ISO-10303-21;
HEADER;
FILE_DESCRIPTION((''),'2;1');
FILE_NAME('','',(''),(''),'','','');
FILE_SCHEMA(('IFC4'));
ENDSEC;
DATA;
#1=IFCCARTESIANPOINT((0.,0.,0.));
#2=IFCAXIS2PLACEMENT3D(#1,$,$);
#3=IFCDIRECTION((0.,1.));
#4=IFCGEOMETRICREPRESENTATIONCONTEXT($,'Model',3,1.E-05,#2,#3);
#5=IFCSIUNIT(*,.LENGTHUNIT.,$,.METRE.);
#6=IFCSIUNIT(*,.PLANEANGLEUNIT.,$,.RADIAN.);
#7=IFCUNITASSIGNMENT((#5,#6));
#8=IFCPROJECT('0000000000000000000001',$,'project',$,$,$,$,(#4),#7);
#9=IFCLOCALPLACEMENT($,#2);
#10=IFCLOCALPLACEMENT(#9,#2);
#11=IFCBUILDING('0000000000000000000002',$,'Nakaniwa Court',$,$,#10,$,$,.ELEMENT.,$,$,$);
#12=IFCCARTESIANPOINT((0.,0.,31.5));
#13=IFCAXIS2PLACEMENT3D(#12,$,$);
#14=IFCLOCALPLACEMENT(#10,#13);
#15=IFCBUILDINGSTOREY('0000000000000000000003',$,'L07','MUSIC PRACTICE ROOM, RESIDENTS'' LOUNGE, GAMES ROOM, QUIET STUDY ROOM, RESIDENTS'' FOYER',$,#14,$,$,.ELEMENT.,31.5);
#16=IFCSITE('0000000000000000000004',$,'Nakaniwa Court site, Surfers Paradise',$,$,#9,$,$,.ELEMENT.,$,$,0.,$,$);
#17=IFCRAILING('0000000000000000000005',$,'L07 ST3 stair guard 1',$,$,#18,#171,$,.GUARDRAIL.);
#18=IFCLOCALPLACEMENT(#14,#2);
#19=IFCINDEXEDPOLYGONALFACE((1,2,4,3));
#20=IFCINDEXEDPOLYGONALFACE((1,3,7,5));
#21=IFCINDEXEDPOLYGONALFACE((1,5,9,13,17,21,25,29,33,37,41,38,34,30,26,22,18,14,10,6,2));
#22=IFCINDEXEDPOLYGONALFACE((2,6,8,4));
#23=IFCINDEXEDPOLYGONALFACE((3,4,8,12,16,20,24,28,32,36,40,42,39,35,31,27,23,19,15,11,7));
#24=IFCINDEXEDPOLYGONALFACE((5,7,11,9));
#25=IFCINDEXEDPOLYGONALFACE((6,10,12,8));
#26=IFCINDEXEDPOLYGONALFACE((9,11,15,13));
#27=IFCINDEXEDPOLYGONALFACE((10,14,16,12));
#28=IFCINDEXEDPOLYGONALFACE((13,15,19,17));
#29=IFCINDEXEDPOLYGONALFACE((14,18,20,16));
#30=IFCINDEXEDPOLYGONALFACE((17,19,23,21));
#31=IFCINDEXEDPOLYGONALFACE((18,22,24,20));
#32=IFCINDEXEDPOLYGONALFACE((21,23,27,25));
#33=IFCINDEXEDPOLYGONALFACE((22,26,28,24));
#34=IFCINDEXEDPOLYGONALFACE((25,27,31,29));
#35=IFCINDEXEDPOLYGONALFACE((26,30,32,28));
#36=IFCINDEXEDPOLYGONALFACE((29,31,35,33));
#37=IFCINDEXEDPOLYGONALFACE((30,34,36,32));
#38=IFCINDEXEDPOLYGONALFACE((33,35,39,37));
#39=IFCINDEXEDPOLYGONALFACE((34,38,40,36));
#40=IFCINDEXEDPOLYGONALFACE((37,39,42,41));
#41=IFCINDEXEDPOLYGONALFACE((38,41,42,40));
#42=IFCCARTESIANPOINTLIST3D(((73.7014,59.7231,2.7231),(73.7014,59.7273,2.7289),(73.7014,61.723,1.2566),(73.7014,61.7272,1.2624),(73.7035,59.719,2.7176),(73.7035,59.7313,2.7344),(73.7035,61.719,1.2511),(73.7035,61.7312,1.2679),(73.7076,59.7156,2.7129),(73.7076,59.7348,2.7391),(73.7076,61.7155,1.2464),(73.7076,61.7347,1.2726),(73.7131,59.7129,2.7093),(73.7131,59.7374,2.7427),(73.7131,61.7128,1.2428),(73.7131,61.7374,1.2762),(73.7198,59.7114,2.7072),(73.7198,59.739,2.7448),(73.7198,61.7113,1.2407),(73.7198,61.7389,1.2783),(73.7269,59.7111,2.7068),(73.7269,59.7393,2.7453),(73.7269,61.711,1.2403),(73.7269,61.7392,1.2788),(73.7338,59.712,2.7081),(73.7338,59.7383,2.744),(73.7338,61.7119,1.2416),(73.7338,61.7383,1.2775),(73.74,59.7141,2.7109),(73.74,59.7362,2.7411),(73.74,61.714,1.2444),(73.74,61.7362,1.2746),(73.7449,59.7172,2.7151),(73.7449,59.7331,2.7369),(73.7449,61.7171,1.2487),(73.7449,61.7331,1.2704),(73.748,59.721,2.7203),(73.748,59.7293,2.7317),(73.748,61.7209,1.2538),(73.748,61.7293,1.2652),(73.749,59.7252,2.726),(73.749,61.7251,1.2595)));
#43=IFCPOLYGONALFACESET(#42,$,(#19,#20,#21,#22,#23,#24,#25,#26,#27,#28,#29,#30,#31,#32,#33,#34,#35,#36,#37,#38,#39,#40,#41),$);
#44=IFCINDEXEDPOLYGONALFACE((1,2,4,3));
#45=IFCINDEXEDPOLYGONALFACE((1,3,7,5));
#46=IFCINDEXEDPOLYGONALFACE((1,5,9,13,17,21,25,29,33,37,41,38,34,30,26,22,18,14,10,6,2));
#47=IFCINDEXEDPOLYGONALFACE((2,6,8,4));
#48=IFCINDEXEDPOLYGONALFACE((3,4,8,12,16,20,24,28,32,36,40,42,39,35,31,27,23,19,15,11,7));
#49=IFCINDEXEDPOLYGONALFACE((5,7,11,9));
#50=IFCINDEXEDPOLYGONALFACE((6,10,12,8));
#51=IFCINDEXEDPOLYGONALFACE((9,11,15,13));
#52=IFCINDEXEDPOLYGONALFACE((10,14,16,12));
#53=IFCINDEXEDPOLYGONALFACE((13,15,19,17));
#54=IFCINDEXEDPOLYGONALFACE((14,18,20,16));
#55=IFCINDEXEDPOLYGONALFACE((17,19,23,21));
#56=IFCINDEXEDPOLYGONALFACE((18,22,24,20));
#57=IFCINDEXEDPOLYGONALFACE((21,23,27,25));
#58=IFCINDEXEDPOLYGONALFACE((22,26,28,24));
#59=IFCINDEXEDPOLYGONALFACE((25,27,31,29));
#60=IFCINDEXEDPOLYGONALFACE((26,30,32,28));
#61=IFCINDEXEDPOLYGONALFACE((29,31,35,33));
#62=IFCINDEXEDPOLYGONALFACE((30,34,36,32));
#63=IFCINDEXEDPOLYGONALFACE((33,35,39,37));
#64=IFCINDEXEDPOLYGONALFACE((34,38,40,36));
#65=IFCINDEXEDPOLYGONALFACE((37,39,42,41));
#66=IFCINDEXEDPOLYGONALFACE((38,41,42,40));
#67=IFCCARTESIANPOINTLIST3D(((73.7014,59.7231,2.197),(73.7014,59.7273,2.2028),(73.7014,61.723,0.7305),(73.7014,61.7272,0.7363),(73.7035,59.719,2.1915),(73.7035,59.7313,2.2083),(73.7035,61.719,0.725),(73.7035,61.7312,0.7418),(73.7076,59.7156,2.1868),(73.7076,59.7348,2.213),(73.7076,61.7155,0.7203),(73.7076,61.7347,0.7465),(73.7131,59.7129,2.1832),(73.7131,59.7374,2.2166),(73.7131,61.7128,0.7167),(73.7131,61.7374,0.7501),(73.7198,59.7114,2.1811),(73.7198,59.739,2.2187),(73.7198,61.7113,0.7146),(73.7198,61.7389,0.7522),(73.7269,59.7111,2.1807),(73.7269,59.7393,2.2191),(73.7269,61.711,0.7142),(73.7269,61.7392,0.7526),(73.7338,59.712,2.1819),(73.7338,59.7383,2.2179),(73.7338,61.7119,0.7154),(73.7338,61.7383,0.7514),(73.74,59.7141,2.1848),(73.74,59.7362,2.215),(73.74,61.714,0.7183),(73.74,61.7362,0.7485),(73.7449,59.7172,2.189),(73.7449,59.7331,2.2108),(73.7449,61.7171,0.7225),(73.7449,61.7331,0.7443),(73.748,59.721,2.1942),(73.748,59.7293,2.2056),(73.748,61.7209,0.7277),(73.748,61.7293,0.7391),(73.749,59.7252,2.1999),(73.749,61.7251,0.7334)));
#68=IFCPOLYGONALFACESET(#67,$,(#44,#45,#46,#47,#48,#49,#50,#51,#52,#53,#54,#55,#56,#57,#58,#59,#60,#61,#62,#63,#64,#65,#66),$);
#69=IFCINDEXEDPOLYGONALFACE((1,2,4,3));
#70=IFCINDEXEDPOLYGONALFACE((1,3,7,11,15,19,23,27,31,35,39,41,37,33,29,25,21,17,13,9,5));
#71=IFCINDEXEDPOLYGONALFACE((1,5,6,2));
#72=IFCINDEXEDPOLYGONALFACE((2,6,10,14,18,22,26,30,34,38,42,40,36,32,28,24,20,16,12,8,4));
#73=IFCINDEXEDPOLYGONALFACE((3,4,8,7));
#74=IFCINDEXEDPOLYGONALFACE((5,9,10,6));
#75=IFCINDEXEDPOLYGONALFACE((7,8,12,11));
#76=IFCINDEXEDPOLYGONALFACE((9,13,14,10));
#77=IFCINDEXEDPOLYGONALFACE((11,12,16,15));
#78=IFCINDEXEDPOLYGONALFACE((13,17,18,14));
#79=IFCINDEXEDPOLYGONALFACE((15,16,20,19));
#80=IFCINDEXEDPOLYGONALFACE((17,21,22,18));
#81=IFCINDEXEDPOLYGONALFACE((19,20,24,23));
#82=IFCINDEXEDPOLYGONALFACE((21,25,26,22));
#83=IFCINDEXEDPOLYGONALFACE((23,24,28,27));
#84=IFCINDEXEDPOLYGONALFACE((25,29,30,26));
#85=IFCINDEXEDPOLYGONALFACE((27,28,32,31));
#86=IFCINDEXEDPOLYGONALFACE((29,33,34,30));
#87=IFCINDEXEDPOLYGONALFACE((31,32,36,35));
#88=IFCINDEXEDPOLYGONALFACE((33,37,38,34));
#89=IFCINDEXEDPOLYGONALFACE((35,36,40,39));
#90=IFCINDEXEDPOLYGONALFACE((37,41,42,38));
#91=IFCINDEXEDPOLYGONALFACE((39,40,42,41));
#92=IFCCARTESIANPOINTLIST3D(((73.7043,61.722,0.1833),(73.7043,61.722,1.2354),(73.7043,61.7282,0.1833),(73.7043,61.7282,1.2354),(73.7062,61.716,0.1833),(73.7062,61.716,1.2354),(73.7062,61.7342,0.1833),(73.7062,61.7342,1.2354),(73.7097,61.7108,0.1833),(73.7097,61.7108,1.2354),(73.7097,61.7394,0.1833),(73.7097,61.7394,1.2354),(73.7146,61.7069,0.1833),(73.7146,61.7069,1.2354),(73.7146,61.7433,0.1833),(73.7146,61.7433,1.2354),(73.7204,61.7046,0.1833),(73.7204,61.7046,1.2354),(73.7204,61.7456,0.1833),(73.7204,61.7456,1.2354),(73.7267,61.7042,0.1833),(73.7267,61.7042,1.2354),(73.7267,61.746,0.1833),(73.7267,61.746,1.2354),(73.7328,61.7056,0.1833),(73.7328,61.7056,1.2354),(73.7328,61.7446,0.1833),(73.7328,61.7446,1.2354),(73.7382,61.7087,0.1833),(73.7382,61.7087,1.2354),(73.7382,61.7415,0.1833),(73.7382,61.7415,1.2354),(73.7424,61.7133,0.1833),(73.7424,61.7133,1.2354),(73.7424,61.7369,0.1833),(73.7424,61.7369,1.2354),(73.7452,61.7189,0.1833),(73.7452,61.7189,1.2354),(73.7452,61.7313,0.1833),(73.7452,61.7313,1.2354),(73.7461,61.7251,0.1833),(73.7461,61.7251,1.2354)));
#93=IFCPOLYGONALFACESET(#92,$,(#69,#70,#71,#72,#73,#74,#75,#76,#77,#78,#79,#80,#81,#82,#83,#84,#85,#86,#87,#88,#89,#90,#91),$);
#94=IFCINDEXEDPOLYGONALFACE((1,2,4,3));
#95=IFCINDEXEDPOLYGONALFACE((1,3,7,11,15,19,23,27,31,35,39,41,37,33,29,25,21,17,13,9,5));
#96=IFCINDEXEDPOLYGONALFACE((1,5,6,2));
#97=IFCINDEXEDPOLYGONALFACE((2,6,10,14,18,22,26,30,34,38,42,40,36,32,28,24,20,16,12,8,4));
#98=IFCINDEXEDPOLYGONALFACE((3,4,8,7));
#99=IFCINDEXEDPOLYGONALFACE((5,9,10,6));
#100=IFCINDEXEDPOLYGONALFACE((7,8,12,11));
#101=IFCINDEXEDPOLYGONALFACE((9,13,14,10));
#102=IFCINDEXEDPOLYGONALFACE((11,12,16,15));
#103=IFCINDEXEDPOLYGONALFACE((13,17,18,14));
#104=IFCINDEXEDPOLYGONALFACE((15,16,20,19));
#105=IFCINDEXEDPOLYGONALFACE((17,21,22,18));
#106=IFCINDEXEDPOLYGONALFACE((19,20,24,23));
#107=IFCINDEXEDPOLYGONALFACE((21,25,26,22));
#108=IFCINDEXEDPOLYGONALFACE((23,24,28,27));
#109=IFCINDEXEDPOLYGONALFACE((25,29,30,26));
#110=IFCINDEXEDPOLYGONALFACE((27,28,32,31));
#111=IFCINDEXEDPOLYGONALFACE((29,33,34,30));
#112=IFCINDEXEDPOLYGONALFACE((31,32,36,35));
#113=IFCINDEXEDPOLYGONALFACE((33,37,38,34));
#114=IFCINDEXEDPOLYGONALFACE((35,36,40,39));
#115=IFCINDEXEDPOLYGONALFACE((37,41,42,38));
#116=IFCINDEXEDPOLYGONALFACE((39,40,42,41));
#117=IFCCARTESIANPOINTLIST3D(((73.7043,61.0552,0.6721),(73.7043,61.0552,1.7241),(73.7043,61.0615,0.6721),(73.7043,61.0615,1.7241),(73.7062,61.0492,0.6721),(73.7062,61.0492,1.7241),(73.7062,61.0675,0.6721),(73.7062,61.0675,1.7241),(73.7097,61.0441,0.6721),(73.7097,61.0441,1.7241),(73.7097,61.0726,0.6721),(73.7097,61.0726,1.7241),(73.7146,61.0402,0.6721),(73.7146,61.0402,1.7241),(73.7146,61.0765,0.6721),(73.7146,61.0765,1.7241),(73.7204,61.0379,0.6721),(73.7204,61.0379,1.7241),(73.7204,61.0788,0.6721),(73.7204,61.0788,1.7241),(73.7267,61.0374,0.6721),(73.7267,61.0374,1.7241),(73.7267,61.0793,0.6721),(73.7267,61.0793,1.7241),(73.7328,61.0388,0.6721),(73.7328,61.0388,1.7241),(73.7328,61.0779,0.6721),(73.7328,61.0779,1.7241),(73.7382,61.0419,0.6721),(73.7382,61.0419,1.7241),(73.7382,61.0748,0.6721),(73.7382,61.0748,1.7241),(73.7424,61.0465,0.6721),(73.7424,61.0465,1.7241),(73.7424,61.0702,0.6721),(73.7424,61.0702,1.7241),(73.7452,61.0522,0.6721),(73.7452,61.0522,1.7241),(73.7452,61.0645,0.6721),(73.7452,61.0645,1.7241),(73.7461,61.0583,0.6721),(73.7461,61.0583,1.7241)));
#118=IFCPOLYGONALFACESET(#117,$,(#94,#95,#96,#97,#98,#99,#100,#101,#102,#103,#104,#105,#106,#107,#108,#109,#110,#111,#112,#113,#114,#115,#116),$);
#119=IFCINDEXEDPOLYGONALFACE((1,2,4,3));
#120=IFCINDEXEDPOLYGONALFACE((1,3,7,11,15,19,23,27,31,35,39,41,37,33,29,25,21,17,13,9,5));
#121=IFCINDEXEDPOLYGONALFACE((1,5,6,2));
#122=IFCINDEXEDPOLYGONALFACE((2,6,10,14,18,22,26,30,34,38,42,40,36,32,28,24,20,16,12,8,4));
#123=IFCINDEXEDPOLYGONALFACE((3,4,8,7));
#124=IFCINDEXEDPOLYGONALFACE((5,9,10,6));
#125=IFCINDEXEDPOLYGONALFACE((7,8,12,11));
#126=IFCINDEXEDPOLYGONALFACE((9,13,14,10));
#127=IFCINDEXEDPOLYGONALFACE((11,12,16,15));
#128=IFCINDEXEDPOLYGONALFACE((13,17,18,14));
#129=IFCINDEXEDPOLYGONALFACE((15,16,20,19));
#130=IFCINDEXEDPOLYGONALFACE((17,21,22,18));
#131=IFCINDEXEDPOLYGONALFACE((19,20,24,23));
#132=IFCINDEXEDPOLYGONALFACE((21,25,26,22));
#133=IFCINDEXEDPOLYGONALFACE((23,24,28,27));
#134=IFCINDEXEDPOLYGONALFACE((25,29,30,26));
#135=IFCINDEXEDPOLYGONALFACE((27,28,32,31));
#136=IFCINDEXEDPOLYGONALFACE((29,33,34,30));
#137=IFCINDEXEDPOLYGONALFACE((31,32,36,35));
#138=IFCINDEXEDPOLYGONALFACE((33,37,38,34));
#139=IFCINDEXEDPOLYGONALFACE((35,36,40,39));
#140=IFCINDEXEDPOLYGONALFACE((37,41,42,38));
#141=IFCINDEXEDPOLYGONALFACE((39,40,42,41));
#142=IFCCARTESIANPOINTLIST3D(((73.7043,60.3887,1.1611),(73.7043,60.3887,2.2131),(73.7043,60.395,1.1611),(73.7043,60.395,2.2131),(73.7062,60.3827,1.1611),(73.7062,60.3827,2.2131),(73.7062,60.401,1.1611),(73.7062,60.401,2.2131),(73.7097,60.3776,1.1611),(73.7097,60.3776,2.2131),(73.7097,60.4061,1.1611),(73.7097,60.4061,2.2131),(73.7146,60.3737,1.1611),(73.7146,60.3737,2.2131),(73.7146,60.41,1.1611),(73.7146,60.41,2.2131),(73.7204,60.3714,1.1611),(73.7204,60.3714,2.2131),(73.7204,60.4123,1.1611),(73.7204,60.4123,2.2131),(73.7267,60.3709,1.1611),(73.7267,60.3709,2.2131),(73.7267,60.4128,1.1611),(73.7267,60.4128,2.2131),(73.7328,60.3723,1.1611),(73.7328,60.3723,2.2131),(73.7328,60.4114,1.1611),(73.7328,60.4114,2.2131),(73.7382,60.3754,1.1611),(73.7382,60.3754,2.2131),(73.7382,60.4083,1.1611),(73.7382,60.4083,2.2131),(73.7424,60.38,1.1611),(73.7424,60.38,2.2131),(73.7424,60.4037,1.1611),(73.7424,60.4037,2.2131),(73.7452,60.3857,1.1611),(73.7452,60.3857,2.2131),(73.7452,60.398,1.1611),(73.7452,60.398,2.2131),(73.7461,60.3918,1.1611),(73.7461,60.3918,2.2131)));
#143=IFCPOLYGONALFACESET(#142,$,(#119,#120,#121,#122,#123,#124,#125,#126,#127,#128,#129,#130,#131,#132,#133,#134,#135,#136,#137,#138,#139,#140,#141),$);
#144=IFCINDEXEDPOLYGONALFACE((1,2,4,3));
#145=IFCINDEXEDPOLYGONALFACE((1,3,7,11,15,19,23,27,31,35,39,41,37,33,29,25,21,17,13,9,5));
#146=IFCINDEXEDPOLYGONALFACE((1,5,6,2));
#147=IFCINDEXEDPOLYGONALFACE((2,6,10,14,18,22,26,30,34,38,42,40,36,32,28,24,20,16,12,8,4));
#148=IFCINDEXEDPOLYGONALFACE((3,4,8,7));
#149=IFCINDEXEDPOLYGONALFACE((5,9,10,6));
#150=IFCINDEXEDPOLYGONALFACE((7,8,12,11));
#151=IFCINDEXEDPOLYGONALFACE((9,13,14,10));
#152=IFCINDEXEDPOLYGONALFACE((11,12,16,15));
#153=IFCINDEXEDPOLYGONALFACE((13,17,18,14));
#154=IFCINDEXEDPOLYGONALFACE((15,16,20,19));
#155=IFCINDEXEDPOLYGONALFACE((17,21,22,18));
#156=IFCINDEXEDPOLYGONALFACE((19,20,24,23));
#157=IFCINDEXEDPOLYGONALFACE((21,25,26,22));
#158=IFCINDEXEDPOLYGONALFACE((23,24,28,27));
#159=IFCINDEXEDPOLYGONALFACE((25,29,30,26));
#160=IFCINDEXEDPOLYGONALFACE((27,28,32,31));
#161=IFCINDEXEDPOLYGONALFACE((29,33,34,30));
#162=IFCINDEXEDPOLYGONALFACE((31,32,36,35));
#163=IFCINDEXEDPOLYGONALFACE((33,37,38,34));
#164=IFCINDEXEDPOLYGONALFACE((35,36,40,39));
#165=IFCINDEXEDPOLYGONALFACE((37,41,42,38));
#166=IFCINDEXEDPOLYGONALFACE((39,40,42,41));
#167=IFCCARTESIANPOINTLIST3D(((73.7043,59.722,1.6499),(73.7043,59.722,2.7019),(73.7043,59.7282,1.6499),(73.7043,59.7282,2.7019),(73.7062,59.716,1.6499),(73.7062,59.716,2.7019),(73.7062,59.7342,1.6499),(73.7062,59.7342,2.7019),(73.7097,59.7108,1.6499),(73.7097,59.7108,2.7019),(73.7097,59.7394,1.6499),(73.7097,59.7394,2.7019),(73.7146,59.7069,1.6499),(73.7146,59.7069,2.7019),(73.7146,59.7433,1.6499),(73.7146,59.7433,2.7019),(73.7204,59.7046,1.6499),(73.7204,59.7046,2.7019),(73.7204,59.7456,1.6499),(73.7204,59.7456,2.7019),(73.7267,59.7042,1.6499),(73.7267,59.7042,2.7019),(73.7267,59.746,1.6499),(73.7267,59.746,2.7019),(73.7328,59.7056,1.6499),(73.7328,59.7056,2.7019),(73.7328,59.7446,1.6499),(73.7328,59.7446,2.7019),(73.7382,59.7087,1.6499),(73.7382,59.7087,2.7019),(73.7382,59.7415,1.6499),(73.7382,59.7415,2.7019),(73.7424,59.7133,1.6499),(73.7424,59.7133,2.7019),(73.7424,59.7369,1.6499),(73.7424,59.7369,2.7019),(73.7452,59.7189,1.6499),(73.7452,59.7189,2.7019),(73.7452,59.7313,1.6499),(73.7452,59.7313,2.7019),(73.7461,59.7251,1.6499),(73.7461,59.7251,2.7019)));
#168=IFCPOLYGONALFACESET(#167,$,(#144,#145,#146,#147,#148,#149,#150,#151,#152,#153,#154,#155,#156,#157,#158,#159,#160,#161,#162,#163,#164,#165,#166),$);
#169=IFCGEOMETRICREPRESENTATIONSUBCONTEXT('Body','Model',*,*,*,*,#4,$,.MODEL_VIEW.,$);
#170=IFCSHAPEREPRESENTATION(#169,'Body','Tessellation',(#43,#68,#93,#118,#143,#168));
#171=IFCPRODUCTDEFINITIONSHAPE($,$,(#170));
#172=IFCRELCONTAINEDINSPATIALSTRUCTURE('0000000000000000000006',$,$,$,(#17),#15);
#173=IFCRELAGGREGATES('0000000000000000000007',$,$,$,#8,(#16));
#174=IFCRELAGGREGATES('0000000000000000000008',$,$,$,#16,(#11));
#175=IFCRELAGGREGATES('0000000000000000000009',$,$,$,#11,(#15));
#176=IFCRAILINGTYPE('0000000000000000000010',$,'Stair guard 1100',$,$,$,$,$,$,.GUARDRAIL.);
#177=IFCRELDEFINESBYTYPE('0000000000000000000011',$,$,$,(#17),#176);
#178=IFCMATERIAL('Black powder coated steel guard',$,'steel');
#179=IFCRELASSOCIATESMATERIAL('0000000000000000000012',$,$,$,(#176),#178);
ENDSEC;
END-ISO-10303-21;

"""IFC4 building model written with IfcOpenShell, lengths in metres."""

from ifc_helpers import new_model, si_unit, direction, frame, origin, origin_2d, place, context, subcontext, project, spatial, circle, extrude, material, type_object, element, save


model = new_model("IFC4")

# Units and contexts
model_context = context("Model", 3, precision=1e-05, world=origin(), true_north=direction((0.0, 1.0)))
body_context = subcontext(model_context, "Body", "Model", "MODEL_VIEW")
ifc_project = project(units=[si_unit("LENGTHUNIT", "METRE"), si_unit("PLANEANGLEUNIT", "RADIAN")], contexts=[model_context])

# Site, building, storey
site_placement = place(None, origin())
site = spatial("IfcSite", under=ifc_project, at=site_placement, Name="Nakaniwa Court site, Surfers Paradise", CompositionType="ELEMENT", RefElevation=0.0)
building_placement = place(site_placement, origin())
building = spatial("IfcBuilding", under=site, at=building_placement, Name="Nakaniwa Court", CompositionType="ELEMENT")
storey_placement = place(building_placement, frame((0.0, 0.0, 31.5)))
storey = spatial("IfcBuildingStorey", under=building, at=storey_placement, Name="L07", Description="MUSIC PRACTICE ROOM, RESIDENTS' LOUNGE, GAMES ROOM, QUIET STUDY ROOM, RESIDENTS' FOYER", CompositionType="ELEMENT", Elevation=31.5)

# Railing
ifc_material_1 = material(Name="Black powder coated steel guard", Category="steel")
railing_type = type_object("IfcRailingType", Name="Stair guard 1100", PredefinedType="GUARDRAIL", material=ifc_material_1)
railing_1_placement = place(storey_placement, frame((73.7251, 61.7251, 0.1833)))
element("IfcRailing", 1, at=railing_1_placement, inside=storey, type_object=railing_type, Name="L07 ST3 stair guard 1", PredefinedType="GUARDRAIL", context=body_context, shape_type="SweptSolid", body=[
    extrude(circle(Radius=0.0239, at=origin_2d()), frame((0.0, 0.0, 1.0762), z_axis=(0.0, -0.806427, 0.591334), x_axis=(1.0, 0.0, 0.0)), (0.0, 0.0, 1.0), 2.48),
    extrude(circle(Radius=0.0239, at=origin_2d()), frame((0.0, 0.0, 0.55), z_axis=(0.0, -0.806427, 0.591334), x_axis=(1.0, 0.0, 0.0)), (0.0, 0.0, 1.0), 2.48),
    extrude(circle(Radius=0.021, at=origin_2d()), origin(), (0.0, 0.0, 1.0), 1.052),
    extrude(circle(Radius=0.021, at=origin_2d()), frame((0.0, -0.6667, 0.4888)), (0.0, 0.0, 1.0), 1.052),
    extrude(circle(Radius=0.021, at=origin_2d()), frame((0.0, -1.3333, 0.9778)), (0.0, 0.0, 1.0), 1.052),
    extrude(circle(Radius=0.021, at=origin_2d()), frame((0.0, -2.0, 1.4666)), (0.0, 0.0, 1.0), 1.052),
])

save(model, "model.ifc")
